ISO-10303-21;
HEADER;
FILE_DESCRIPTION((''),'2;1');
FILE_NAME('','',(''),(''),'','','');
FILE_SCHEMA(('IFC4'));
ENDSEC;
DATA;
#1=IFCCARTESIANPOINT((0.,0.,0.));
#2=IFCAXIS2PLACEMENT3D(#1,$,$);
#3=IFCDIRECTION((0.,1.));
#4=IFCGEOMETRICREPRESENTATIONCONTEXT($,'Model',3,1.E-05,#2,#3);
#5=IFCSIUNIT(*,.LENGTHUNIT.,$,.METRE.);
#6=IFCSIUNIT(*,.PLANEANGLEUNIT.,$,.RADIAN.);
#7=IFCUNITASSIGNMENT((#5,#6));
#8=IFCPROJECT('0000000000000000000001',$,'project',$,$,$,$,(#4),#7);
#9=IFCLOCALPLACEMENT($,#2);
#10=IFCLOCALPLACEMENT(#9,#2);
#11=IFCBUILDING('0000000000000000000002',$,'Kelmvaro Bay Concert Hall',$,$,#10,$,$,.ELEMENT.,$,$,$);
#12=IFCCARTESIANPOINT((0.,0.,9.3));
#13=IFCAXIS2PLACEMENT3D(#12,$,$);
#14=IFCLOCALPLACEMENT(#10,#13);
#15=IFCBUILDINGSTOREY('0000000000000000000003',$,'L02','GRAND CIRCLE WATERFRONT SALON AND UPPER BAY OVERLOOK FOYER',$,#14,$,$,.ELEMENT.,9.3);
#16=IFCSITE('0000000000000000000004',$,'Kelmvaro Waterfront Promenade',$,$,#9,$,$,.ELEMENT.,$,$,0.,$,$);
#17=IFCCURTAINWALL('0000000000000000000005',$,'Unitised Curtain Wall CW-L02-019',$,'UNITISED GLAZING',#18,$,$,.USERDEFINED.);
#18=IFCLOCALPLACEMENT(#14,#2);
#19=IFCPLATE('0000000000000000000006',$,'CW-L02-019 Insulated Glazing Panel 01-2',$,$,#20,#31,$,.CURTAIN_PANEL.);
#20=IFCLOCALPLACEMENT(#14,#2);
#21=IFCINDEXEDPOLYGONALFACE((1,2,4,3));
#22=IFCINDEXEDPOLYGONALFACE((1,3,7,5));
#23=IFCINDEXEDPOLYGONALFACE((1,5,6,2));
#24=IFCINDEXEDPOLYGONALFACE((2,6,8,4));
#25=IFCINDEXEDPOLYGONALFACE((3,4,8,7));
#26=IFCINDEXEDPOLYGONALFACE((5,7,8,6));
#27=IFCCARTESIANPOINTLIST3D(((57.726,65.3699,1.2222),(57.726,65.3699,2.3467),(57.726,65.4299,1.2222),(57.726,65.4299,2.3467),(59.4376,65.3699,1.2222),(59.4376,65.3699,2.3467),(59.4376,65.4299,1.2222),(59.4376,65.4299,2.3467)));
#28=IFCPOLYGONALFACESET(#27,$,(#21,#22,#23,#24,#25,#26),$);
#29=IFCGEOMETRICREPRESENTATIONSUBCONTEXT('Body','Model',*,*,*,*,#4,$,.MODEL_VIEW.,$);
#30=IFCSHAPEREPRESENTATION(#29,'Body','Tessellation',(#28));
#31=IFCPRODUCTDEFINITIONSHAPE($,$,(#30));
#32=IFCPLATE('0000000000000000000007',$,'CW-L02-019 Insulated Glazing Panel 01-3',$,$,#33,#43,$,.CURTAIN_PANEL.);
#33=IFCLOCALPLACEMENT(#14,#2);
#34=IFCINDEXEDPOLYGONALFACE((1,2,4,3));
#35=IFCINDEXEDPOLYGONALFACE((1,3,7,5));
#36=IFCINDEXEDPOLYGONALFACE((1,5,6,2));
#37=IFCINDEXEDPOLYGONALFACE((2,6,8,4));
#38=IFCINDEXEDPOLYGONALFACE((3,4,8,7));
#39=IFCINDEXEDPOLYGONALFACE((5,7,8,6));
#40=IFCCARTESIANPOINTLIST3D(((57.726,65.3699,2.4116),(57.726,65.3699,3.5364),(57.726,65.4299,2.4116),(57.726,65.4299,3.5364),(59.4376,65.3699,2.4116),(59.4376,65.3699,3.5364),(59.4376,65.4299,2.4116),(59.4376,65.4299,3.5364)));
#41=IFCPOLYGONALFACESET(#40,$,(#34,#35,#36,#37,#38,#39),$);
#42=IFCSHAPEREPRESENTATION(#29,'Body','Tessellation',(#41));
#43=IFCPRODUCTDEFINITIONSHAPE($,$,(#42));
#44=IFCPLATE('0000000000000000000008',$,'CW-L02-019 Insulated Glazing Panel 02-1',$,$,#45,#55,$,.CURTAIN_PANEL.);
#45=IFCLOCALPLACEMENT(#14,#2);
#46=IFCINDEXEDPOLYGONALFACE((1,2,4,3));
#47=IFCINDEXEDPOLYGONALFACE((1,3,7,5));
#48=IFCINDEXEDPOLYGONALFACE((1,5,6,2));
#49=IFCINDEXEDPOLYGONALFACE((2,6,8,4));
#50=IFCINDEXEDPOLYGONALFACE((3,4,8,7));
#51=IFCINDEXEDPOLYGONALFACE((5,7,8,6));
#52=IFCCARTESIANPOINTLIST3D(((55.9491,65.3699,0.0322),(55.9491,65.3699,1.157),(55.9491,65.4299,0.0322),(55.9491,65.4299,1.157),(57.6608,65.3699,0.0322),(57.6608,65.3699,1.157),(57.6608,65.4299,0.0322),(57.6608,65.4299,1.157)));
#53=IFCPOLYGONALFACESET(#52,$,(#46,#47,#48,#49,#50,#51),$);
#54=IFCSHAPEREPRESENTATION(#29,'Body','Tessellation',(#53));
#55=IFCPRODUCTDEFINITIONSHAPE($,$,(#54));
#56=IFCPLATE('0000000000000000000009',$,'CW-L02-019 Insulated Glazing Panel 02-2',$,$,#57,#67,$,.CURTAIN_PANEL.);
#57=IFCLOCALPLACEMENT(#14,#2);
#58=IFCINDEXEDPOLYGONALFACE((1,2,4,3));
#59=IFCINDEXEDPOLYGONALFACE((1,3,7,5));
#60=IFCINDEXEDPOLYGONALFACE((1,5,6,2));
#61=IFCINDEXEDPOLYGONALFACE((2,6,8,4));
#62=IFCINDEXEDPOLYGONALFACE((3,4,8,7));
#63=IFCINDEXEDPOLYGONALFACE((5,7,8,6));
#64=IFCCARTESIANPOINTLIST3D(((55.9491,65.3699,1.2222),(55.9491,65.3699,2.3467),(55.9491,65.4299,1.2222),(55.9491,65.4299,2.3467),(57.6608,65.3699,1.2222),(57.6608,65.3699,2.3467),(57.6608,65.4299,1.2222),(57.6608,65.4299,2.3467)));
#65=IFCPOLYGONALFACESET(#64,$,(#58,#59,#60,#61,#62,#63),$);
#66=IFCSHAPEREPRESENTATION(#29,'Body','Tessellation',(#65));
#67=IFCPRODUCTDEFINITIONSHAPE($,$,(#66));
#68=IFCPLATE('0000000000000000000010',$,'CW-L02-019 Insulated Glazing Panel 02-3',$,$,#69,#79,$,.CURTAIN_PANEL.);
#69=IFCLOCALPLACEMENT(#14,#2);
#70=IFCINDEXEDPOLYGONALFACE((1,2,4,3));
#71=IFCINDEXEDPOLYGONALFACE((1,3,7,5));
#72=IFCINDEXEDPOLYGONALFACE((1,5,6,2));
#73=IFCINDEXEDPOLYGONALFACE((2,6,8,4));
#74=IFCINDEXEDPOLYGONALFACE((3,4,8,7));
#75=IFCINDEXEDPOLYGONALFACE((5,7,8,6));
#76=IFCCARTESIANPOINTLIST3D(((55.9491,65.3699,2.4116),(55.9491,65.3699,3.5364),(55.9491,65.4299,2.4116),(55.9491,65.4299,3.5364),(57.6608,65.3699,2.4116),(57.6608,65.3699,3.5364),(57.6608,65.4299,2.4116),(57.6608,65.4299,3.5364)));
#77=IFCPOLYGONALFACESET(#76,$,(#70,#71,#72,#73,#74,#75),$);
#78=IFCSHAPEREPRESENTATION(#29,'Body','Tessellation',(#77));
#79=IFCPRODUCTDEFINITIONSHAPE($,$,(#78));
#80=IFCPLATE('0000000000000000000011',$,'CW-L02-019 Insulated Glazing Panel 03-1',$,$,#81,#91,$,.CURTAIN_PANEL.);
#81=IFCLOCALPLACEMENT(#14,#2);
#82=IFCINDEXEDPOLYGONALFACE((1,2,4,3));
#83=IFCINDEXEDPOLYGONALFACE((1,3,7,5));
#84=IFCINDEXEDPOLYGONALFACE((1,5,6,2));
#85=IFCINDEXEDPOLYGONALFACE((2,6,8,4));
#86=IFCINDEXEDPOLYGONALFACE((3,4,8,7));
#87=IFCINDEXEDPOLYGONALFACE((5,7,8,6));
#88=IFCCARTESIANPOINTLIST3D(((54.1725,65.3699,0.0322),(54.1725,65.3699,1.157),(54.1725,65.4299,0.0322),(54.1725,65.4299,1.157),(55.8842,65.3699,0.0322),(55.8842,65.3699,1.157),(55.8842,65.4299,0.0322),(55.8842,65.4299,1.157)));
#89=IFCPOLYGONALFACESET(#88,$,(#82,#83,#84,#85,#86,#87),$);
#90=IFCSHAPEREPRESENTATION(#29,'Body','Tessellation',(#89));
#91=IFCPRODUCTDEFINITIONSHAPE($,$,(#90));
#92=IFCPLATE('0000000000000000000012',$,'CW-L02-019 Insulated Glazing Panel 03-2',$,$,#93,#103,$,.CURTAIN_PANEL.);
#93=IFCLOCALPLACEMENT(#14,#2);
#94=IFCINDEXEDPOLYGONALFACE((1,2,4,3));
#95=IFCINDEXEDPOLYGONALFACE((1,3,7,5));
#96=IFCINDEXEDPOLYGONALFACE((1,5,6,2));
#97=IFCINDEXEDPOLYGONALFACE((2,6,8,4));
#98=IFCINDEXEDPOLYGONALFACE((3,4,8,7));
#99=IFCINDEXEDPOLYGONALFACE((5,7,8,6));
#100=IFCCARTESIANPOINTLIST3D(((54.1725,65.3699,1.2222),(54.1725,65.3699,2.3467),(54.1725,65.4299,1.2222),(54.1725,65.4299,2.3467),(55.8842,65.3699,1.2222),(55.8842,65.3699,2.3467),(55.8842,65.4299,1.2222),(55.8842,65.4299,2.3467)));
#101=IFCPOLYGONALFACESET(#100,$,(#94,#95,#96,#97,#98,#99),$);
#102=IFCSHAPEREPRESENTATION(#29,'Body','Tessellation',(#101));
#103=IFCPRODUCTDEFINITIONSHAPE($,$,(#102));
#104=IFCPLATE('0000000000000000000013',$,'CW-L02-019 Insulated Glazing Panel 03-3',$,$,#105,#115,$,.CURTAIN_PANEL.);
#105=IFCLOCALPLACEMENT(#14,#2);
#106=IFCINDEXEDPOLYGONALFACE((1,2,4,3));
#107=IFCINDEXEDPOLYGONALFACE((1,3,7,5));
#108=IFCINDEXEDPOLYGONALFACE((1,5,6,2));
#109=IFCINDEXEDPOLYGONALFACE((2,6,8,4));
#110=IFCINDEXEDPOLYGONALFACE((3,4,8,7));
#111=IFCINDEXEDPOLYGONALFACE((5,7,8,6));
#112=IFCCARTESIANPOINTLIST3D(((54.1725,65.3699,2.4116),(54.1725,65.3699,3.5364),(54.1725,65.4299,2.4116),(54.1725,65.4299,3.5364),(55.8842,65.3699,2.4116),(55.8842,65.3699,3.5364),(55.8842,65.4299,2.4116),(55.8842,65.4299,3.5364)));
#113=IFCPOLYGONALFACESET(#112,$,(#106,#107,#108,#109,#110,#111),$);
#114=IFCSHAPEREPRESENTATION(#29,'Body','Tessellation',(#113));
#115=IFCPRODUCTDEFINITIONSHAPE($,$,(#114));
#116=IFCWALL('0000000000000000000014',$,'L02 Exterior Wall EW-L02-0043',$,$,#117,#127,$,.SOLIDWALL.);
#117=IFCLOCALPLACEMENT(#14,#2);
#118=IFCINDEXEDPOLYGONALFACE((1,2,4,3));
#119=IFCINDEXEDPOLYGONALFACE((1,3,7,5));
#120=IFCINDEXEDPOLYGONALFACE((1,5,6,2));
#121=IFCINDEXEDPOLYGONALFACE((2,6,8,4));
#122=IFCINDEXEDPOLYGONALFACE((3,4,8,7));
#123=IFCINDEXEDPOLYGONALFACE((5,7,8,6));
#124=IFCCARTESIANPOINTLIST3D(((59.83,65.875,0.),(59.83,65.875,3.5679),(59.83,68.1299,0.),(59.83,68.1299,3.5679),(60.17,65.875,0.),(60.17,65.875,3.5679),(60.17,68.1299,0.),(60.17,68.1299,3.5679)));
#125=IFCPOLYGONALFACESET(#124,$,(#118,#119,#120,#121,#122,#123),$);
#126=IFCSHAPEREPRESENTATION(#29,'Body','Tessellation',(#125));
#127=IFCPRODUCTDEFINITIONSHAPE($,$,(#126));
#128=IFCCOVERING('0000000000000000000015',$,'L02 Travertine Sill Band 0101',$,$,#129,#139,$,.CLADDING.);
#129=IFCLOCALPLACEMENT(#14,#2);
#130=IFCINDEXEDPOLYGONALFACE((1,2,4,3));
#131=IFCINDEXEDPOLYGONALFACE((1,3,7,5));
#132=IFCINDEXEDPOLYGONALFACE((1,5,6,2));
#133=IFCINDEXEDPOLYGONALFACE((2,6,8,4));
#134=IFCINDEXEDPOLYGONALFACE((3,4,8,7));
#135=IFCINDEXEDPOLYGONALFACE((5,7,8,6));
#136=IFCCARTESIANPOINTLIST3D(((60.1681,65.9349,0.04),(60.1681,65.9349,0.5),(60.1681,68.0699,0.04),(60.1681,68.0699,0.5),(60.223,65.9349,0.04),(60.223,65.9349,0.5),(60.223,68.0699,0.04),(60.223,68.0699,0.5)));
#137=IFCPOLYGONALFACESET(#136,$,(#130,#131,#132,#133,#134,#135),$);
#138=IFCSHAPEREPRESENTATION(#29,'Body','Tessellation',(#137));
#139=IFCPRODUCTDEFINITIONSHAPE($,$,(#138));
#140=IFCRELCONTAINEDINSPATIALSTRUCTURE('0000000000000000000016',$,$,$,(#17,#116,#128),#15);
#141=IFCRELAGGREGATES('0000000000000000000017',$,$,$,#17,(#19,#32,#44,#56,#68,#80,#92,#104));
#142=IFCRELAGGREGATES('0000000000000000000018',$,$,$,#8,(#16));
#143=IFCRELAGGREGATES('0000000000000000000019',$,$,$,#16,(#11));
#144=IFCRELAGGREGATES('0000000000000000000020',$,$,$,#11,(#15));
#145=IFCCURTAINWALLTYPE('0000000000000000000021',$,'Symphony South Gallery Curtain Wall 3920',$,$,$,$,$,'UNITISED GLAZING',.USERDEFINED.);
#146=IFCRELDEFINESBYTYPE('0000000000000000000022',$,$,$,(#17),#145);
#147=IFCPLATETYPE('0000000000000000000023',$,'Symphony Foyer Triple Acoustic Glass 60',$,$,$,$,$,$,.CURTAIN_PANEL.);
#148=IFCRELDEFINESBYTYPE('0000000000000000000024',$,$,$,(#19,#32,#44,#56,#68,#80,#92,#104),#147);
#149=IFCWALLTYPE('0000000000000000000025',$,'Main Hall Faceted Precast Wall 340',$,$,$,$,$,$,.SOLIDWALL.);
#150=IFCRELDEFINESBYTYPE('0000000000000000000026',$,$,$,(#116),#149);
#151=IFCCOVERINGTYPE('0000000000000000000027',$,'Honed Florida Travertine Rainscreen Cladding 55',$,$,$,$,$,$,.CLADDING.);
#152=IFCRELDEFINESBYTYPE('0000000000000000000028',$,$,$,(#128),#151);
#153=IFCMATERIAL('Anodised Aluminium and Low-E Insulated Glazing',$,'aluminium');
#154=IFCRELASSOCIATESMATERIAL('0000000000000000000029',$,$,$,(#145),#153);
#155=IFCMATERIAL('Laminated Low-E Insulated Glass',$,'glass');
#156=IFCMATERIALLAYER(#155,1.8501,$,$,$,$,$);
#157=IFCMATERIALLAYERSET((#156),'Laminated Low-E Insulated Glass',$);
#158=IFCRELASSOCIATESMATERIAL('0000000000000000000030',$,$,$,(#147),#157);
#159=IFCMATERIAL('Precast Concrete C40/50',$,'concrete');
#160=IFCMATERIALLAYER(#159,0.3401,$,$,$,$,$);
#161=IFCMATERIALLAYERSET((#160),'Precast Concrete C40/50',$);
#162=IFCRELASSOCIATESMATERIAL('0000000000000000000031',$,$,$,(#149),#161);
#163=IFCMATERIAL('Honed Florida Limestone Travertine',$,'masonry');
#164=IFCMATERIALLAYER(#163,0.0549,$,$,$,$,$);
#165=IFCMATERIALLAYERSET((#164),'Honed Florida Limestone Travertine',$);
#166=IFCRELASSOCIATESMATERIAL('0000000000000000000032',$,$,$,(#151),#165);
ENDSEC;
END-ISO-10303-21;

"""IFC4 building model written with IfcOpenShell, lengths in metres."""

from ifc_helpers import new_model, si_unit, direction, frame, frame_2d, origin, origin_2d, place, context, subcontext, project, spatial, rectangle, extrude, material, layer, layer_set, type_object, element, aggregate, save


model = new_model("IFC4")

# Units and contexts
model_context = context("Model", 3, precision=1e-05, world=origin(), true_north=direction((0.0, 1.0)))
body_context = subcontext(model_context, "Body", "Model", "MODEL_VIEW")
ifc_project = project(units=[si_unit("LENGTHUNIT", "METRE"), si_unit("PLANEANGLEUNIT", "RADIAN")], contexts=[model_context])

# Site, building, storey
site_placement = place(None, origin())
site = spatial("IfcSite", under=ifc_project, at=site_placement, Name="Kelmvaro Waterfront Promenade", CompositionType="ELEMENT", RefElevation=0.0)
building_placement = place(site_placement, origin())
building = spatial("IfcBuilding", under=site, at=building_placement, Name="Kelmvaro Bay Concert Hall", CompositionType="ELEMENT")
storey_placement = place(building_placement, frame((0.0, 0.0, 9.3)))
storey = spatial("IfcBuildingStorey", under=building, at=storey_placement, Name="L02", Description="GRAND CIRCLE WATERFRONT SALON AND UPPER BAY OVERLOOK FOYER", CompositionType="ELEMENT", Elevation=9.3)

# Curtain wall
ifc_material_1 = material(Name="Anodised Aluminium and Low-E Insulated Glazing", Category="aluminium")
curtain_wall_type = type_object("IfcCurtainWallType", Name="Symphony South Gallery Curtain Wall 3920", ElementType="UNITISED GLAZING", PredefinedType="USERDEFINED", material=ifc_material_1)
curtain_wall_1_placement = place(storey_placement, origin())
curtain_wall_1 = element("IfcCurtainWall", 1, at=curtain_wall_1_placement, inside=storey, type_object=curtain_wall_type, Name="Unitised Curtain Wall CW-L02-019", ObjectType="UNITISED GLAZING", PredefinedType="USERDEFINED")

# Plates
ifc_material_2 = material(Name="Laminated Low-E Insulated Glass", Category="glass")
ifc_layer_1 = layer(ifc_material_2, 1.8501)
ifc_layer_set_1 = layer_set([ifc_layer_1], Name="Laminated Low-E Insulated Glass")
plate_type = type_object("IfcPlateType", Name="Symphony Foyer Triple Acoustic Glass 60", PredefinedType="CURTAIN_PANEL", material=ifc_layer_set_1)
plate_1_placement = place(storey_placement, frame((58.5818, 65.3999, 1.2222), z_axis=(0.0, 0.0, 1.0), x_axis=(-1.0, 0.0, 0.0)))
plate_1 = element("IfcPlate", 2, at=plate_1_placement, type_object=plate_type, Name="CW-L02-019 Insulated Glazing Panel 01-2", PredefinedType="CURTAIN_PANEL", context=body_context, shape_type="SweptSolid", body=[
    extrude(rectangle(XDim=1.7117, YDim=0.0601, at=origin_2d()), origin(), (0.0, 0.0, 1.0), 1.1245),
])
plate_2_placement = place(storey_placement, frame((58.5818, 65.3999, 2.4116), z_axis=(0.0, 0.0, 1.0), x_axis=(-1.0, 0.0, 0.0)))
plate_2 = element("IfcPlate", 3, at=plate_2_placement, type_object=plate_type, Name="CW-L02-019 Insulated Glazing Panel 01-3", PredefinedType="CURTAIN_PANEL", context=body_context, shape_type="SweptSolid", body=[
    extrude(rectangle(XDim=1.7117, YDim=0.0601, at=origin_2d()), origin(), (0.0, 0.0, 1.0), 1.1248),
])
plate_3_placement = place(storey_placement, frame((56.8049, 65.3999, 0.0322), z_axis=(0.0, 0.0, 1.0), x_axis=(-1.0, 0.0, 0.0)))
plate_3 = element("IfcPlate", 4, at=plate_3_placement, type_object=plate_type, Name="CW-L02-019 Insulated Glazing Panel 02-1", PredefinedType="CURTAIN_PANEL", context=body_context, shape_type="SweptSolid", body=[
    extrude(rectangle(XDim=1.7117, YDim=0.0601, at=origin_2d()), origin(), (0.0, 0.0, 1.0), 1.1248),
])
plate_4_placement = place(storey_placement, frame((56.8049, 65.3999, 1.2222), z_axis=(0.0, 0.0, 1.0), x_axis=(-1.0, 0.0, 0.0)))
plate_4 = element("IfcPlate", 5, at=plate_4_placement, type_object=plate_type, Name="CW-L02-019 Insulated Glazing Panel 02-2", PredefinedType="CURTAIN_PANEL", context=body_context, shape_type="SweptSolid", body=[
    extrude(rectangle(XDim=1.7117, YDim=0.0601, at=origin_2d()), origin(), (0.0, 0.0, 1.0), 1.1245),
])
plate_5_placement = place(storey_placement, frame((56.8049, 65.3999, 2.4116), z_axis=(0.0, 0.0, 1.0), x_axis=(-1.0, 0.0, 0.0)))
plate_5 = element("IfcPlate", 6, at=plate_5_placement, type_object=plate_type, Name="CW-L02-019 Insulated Glazing Panel 02-3", PredefinedType="CURTAIN_PANEL", context=body_context, shape_type="SweptSolid", body=[
    extrude(rectangle(XDim=1.7117, YDim=0.0601, at=origin_2d()), origin(), (0.0, 0.0, 1.0), 1.1248),
])
plate_6_placement = place(storey_placement, frame((55.0283, 65.3999, 0.0322), z_axis=(0.0, 0.0, 1.0), x_axis=(-1.0, 0.0, 0.0)))
plate_6 = element("IfcPlate", 7, at=plate_6_placement, type_object=plate_type, Name="CW-L02-019 Insulated Glazing Panel 03-1", PredefinedType="CURTAIN_PANEL", context=body_context, shape_type="SweptSolid", body=[
    extrude(rectangle(XDim=1.7117, YDim=0.0601, at=origin_2d()), origin(), (0.0, 0.0, 1.0), 1.1248),
])
plate_7_placement = place(storey_placement, frame((55.0283, 65.3999, 1.2222), z_axis=(0.0, 0.0, 1.0), x_axis=(-1.0, 0.0, 0.0)))
plate_7 = element("IfcPlate", 8, at=plate_7_placement, type_object=plate_type, Name="CW-L02-019 Insulated Glazing Panel 03-2", PredefinedType="CURTAIN_PANEL", context=body_context, shape_type="SweptSolid", body=[
    extrude(rectangle(XDim=1.7117, YDim=0.0601, at=origin_2d()), origin(), (0.0, 0.0, 1.0), 1.1245),
])
plate_8_placement = place(storey_placement, frame((55.0283, 65.3999, 2.4116), z_axis=(0.0, 0.0, 1.0), x_axis=(-1.0, 0.0, 0.0)))
plate_8 = element("IfcPlate", 9, at=plate_8_placement, type_object=plate_type, Name="CW-L02-019 Insulated Glazing Panel 03-3", PredefinedType="CURTAIN_PANEL", context=body_context, shape_type="SweptSolid", body=[
    extrude(rectangle(XDim=1.7117, YDim=0.0601, at=origin_2d()), origin(), (0.0, 0.0, 1.0), 1.1248),
])
aggregate(curtain_wall_1, [plate_1, plate_2, plate_3, plate_4, plate_5, plate_6, plate_7, plate_8])

# Wall
ifc_material_3 = material(Name="Precast Concrete C40/50", Category="concrete")
ifc_layer_2 = layer(ifc_material_3, 0.3401)
ifc_layer_set_2 = layer_set([ifc_layer_2], Name="Precast Concrete C40/50")
wall_type = type_object("IfcWallType", Name="Main Hall Faceted Precast Wall 340", PredefinedType="SOLIDWALL", material=ifc_layer_set_2)
wall_placement = place(storey_placement, frame((60.0, 68.1299, 0.0), z_axis=(0.0, 0.0, 1.0), x_axis=(0.0, -1.0, 0.0)))
element("IfcWall", 10, at=wall_placement, inside=storey, type_object=wall_type, Name="L02 Exterior Wall EW-L02-0043", PredefinedType="SOLIDWALL", context=body_context, shape_type="SweptSolid", body=[
    extrude(rectangle(XDim=2.2549, YDim=0.3401, at=frame_2d((1.1274, 0.0))), origin(), (0.0, 0.0, 1.0), 3.5679),
])

# Covering
ifc_material_4 = material(Name="Honed Florida Limestone Travertine", Category="masonry")
ifc_layer_3 = layer(ifc_material_4, 0.0549)
ifc_layer_set_3 = layer_set([ifc_layer_3], Name="Honed Florida Limestone Travertine")
covering_type = type_object("IfcCoveringType", Name="Honed Florida Travertine Rainscreen Cladding 55", PredefinedType="CLADDING", material=ifc_layer_set_3)
covering_placement = place(storey_placement, frame((60.1956, 67.0024, 0.04), z_axis=(0.0, 0.0, 1.0), x_axis=(0.0, -1.0, 0.0)))
element("IfcCovering", 11, at=covering_placement, inside=storey, type_object=covering_type, Name="L02 Travertine Sill Band 0101", PredefinedType="CLADDING", context=body_context, shape_type="SweptSolid", body=[
    extrude(rectangle(XDim=2.135, YDim=0.0549, at=origin_2d()), origin(), (0.0, 0.0, 1.0), 0.46),
])

save(model, "model.ifc")
